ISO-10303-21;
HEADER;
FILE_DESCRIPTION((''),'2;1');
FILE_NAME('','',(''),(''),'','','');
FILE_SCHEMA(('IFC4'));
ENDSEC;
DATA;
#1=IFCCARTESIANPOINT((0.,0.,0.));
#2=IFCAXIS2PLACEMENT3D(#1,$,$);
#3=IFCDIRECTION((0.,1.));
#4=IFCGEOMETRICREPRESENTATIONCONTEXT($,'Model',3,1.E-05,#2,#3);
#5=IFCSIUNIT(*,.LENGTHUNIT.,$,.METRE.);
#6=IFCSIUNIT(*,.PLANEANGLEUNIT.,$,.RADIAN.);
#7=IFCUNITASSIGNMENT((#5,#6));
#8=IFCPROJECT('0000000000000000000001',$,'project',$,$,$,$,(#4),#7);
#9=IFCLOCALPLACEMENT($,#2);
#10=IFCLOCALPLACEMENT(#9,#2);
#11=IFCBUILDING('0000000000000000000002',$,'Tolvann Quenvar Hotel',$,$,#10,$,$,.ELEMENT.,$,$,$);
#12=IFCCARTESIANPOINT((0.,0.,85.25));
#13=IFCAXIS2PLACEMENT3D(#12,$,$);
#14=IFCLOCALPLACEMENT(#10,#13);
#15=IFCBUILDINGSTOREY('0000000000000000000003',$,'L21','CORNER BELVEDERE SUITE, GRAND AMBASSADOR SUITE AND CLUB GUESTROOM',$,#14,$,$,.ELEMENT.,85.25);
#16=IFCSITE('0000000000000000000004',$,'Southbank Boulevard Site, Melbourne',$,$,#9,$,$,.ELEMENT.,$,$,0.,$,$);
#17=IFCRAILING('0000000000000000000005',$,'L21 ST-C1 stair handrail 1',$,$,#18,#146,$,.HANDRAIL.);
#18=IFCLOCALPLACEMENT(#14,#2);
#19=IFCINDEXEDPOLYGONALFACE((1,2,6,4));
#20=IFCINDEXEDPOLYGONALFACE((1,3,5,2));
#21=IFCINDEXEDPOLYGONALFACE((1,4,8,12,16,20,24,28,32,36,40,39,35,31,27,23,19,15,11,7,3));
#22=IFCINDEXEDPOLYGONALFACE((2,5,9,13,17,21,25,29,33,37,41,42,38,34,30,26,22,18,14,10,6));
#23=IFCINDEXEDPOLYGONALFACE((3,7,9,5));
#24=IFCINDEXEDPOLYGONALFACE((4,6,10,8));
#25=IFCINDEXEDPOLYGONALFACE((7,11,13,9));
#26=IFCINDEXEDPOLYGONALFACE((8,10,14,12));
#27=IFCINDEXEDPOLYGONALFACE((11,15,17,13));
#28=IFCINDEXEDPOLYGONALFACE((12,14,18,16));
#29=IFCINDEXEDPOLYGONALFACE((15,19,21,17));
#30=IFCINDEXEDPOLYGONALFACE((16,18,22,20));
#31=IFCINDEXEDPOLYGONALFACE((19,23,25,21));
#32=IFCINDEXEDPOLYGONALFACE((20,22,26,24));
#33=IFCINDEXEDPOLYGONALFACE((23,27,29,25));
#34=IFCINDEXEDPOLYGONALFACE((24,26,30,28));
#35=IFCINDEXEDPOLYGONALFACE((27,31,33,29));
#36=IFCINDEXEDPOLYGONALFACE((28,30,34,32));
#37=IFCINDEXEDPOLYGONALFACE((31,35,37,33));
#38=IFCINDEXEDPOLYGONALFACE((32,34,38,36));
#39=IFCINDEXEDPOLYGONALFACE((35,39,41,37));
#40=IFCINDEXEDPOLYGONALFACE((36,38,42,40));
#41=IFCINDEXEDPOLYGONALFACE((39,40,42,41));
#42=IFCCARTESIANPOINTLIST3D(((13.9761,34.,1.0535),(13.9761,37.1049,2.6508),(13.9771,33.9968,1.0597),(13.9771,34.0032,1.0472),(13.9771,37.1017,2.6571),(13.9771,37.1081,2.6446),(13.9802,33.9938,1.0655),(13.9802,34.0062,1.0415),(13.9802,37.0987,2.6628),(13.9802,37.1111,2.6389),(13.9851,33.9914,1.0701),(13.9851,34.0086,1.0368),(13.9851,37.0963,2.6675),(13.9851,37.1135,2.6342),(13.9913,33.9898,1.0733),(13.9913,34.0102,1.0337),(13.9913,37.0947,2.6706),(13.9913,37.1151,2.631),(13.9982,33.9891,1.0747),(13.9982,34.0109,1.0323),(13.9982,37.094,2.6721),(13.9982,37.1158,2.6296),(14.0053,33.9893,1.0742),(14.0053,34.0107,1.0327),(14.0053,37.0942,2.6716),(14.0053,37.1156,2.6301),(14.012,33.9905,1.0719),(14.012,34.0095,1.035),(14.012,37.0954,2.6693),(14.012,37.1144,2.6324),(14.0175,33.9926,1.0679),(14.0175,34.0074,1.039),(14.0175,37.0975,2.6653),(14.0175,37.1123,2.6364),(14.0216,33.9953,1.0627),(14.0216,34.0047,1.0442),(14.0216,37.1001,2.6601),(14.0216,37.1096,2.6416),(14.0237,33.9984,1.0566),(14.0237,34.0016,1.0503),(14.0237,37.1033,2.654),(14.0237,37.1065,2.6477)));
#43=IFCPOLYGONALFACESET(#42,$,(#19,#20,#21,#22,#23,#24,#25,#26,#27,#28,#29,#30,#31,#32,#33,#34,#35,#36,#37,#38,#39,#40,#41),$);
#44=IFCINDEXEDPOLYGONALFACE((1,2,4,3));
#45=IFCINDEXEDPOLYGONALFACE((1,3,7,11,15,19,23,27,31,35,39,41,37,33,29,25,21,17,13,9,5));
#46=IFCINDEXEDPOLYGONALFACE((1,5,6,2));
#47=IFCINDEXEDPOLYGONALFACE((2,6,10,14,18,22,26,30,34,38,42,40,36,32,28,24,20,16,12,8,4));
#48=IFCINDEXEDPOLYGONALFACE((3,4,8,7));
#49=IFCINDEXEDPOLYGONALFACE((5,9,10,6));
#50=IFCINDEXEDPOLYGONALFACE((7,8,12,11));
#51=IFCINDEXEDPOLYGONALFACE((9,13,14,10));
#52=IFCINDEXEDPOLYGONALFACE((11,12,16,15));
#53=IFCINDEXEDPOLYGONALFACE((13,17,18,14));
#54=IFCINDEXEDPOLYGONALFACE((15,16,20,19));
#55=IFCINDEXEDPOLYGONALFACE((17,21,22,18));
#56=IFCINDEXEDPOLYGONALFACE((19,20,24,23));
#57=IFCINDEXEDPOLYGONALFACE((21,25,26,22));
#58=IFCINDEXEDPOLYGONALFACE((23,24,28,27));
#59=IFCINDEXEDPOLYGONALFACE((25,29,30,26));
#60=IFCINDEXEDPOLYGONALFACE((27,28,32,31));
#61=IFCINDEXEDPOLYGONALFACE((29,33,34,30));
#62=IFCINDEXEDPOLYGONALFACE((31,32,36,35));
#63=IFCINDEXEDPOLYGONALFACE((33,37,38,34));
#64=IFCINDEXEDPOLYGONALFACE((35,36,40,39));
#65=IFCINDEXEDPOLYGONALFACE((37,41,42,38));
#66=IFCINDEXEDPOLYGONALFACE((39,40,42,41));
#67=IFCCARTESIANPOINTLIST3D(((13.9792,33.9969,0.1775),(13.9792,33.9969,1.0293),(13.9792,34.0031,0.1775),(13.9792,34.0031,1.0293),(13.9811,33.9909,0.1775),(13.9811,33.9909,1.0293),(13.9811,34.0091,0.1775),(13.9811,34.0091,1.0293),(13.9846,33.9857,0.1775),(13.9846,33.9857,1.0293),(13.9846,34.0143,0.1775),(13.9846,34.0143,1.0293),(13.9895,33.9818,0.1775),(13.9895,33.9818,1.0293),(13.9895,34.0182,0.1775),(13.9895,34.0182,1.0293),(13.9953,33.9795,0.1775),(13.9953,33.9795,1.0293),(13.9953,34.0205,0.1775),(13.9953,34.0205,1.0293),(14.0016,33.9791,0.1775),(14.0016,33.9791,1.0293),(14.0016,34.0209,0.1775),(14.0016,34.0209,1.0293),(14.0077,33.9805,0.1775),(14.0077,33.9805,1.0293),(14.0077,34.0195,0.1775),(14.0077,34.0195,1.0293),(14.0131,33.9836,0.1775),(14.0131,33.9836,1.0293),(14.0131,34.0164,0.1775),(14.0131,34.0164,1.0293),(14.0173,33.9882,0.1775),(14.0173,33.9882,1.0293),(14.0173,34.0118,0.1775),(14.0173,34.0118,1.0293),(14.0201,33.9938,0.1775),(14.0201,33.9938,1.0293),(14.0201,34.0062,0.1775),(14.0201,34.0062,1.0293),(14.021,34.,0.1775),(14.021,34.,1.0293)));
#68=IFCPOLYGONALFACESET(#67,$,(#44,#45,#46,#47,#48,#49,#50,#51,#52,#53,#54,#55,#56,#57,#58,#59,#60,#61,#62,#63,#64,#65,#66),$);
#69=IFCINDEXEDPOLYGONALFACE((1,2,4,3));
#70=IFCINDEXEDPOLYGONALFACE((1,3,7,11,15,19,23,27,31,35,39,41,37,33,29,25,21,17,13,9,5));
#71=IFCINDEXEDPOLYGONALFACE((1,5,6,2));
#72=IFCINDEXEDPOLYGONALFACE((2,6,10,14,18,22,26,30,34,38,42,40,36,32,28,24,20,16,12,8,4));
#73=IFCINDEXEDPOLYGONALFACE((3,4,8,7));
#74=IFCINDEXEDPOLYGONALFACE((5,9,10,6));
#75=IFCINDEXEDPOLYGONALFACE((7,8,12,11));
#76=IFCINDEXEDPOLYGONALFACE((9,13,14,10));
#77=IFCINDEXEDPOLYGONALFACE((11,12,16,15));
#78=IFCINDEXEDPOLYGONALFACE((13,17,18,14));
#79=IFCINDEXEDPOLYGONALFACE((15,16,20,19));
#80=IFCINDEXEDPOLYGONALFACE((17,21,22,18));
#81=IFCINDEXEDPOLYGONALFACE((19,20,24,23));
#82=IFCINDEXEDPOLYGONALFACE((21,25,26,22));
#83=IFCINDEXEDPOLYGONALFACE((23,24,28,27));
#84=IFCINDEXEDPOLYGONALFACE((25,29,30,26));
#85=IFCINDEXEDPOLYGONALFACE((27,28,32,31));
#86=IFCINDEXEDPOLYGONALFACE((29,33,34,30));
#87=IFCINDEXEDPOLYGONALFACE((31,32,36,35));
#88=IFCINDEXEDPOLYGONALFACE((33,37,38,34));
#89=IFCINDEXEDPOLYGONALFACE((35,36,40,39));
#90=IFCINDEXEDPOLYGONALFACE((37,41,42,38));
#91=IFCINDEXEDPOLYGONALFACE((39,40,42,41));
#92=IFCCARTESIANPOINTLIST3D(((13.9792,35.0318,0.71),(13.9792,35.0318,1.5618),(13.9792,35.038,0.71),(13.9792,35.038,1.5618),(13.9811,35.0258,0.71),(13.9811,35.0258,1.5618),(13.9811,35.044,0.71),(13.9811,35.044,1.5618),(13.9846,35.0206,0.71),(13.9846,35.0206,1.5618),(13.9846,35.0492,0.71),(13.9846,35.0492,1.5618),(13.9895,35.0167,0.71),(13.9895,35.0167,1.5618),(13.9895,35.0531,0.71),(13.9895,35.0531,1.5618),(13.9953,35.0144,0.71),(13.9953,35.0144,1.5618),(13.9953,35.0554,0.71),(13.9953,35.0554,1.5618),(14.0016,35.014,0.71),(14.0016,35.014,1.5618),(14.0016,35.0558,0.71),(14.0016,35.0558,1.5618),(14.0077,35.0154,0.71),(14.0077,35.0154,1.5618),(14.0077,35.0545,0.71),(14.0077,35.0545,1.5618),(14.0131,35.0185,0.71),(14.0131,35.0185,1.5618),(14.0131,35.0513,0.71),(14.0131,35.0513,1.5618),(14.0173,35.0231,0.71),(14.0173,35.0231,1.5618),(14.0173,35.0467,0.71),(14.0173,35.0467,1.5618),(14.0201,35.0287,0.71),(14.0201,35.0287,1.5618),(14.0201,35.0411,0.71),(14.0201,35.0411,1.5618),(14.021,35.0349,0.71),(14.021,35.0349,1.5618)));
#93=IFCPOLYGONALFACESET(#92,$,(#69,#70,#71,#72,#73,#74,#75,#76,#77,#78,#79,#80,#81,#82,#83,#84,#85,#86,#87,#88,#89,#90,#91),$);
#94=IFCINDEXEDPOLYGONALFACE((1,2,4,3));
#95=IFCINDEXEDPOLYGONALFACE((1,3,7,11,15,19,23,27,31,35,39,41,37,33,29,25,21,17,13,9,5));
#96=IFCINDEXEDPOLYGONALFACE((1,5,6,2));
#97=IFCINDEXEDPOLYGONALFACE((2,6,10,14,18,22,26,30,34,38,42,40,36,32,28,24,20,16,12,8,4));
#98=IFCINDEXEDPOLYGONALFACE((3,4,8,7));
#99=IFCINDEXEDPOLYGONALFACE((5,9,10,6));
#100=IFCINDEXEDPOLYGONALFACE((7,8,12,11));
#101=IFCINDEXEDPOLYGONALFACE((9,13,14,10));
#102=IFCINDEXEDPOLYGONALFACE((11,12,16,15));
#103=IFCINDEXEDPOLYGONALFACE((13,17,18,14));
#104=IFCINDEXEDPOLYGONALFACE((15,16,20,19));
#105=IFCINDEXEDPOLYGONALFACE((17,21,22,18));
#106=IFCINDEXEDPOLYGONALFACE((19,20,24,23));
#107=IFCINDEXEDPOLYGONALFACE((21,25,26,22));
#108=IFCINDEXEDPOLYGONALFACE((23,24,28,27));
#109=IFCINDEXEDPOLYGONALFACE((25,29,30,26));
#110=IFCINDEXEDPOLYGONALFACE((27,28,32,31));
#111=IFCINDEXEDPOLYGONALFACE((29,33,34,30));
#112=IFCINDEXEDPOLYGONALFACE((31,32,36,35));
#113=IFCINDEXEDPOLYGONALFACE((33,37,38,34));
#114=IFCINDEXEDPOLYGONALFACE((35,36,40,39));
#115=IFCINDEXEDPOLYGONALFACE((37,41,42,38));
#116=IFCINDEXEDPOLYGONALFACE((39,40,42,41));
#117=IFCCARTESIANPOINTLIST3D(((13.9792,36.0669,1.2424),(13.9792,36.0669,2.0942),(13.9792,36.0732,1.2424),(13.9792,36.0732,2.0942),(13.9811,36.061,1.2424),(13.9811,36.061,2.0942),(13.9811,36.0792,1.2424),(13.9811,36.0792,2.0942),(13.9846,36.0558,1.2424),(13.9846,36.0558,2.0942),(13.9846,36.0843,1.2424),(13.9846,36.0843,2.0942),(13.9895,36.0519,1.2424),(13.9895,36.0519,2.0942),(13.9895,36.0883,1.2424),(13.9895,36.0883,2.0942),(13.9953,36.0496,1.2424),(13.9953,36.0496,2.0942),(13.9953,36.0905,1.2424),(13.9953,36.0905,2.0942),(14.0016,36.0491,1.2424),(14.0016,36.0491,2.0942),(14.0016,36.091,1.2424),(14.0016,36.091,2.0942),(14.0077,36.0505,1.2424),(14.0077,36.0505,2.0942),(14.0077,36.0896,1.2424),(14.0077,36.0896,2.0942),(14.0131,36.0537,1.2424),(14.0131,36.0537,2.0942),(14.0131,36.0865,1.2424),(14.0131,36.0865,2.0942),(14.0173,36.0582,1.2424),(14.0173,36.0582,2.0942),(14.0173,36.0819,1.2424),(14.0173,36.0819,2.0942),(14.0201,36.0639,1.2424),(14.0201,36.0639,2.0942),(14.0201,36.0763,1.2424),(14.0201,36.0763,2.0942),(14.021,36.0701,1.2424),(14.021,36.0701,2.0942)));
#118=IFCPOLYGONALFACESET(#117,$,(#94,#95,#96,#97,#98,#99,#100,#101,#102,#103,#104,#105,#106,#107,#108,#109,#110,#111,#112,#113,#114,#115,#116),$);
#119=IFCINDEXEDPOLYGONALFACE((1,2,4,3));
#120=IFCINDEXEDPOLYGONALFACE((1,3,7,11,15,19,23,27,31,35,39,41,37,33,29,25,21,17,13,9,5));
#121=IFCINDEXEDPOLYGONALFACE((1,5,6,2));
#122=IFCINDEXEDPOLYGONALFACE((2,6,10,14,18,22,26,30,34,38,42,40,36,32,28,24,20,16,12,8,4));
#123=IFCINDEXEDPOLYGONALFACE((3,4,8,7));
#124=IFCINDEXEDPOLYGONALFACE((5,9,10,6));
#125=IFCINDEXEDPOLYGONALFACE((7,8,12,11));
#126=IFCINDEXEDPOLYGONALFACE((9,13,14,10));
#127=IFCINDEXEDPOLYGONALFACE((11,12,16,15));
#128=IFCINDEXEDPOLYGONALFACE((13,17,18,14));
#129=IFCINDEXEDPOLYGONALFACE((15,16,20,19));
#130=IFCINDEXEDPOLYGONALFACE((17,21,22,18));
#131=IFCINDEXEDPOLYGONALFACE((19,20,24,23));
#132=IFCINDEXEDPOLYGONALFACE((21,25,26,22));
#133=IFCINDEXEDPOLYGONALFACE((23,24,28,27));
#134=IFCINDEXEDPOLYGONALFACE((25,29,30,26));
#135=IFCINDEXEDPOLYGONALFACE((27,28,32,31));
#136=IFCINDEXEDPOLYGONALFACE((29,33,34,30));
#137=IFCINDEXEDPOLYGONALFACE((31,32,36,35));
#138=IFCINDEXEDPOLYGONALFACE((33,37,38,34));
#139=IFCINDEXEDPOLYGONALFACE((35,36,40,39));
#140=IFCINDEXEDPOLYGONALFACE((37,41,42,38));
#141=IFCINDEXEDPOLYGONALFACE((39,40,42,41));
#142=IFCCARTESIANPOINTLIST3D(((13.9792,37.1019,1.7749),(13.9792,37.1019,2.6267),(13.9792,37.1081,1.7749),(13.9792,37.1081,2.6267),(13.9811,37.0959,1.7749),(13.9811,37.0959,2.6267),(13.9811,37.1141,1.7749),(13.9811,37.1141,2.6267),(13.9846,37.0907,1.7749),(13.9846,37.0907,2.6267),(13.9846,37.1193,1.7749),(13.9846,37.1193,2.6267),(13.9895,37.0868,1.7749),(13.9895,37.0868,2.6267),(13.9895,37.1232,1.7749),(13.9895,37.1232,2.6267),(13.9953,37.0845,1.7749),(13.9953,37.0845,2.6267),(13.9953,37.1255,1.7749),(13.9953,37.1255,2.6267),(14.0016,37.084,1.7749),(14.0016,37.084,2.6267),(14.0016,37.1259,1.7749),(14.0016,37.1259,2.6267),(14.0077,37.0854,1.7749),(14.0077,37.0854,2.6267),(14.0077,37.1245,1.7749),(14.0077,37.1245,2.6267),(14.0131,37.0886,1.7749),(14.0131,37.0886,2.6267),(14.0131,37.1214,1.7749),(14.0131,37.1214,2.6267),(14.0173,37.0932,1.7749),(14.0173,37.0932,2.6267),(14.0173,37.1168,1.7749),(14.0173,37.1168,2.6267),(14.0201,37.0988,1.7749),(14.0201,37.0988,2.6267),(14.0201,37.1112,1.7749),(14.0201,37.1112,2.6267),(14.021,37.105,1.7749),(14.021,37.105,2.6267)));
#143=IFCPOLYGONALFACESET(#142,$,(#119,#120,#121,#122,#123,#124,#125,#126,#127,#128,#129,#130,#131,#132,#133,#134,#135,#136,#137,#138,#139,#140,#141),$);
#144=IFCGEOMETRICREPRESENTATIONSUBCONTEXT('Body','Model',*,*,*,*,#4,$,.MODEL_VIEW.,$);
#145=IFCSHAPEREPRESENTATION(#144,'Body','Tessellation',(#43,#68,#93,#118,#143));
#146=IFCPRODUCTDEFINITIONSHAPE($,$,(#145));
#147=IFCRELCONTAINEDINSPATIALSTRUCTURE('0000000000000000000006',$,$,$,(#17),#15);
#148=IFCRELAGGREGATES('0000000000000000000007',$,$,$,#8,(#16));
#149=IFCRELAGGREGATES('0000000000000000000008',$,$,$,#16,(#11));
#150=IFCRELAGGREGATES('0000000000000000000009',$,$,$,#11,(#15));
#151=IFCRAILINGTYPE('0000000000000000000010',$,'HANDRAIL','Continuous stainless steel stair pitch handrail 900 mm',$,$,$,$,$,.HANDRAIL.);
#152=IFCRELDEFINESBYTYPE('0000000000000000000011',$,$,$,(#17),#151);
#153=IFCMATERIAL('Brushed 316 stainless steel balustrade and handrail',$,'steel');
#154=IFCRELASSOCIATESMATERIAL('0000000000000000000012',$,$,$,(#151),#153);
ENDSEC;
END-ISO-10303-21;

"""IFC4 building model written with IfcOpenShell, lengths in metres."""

from ifc_helpers import new_model, si_unit, direction, frame, origin, origin_2d, place, context, subcontext, project, spatial, circle, extrude, material, type_object, element, save


model = new_model("IFC4")

# Units and contexts
model_context = context("Model", 3, precision=1e-05, world=origin(), true_north=direction((0.0, 1.0)))
body_context = subcontext(model_context, "Body", "Model", "MODEL_VIEW")
ifc_project = project(units=[si_unit("LENGTHUNIT", "METRE"), si_unit("PLANEANGLEUNIT", "RADIAN")], contexts=[model_context])

# Site, building, storey
site_placement = place(None, origin())
site = spatial("IfcSite", under=ifc_project, at=site_placement, Name="Southbank Boulevard Site, Melbourne", CompositionType="ELEMENT", RefElevation=0.0)
building_placement = place(site_placement, origin())
building = spatial("IfcBuilding", under=site, at=building_placement, Name="Tolvann Quenvar Hotel", CompositionType="ELEMENT")
storey_placement = place(building_placement, frame((0.0, 0.0, 85.25)))
storey = spatial("IfcBuildingStorey", under=building, at=storey_placement, Name="L21", Description="CORNER BELVEDERE SUITE, GRAND AMBASSADOR SUITE AND CLUB GUESTROOM", CompositionType="ELEMENT", Elevation=85.25)

# Railing
ifc_material_1 = material(Name="Brushed 316 stainless steel balustrade and handrail", Category="steel")
railing_type_1 = type_object("IfcRailingType", Name="HANDRAIL", Description="Continuous stainless steel stair pitch handrail 900 mm", PredefinedType="HANDRAIL", material=ifc_material_1)
railing_1_placement = place(storey_placement, frame((14.0, 34.0, 0.1775)))
element("IfcRailing", 1, at=railing_1_placement, inside=storey, type_object=railing_type_1, Name="L21 ST-C1 stair handrail 1", PredefinedType="HANDRAIL", context=body_context, shape_type="SweptSolid", body=[
    extrude(circle(Radius=0.0239, at=origin_2d()), frame((0.0, 0.0, 0.876), z_axis=(0.0, 0.889222, 0.457476), x_axis=(-1.0, 0.0, 0.0)), (0.0, 0.0, 1.0), 3.4917),
    extrude(circle(Radius=0.021, at=origin_2d()), origin(), (0.0, 0.0, 1.0), 0.8518),
    extrude(circle(Radius=0.021, at=origin_2d()), frame((0.0, 1.0349, 0.5325)), (0.0, 0.0, 1.0), 0.8518),
    extrude(circle(Radius=0.021, at=origin_2d()), frame((0.0, 2.0701, 1.0649)), (0.0, 0.0, 1.0), 0.8518),
    extrude(circle(Radius=0.021, at=origin_2d()), frame((0.0, 3.105, 1.5974)), (0.0, 0.0, 1.0), 0.8518),
])

save(model, "model.ifc")
